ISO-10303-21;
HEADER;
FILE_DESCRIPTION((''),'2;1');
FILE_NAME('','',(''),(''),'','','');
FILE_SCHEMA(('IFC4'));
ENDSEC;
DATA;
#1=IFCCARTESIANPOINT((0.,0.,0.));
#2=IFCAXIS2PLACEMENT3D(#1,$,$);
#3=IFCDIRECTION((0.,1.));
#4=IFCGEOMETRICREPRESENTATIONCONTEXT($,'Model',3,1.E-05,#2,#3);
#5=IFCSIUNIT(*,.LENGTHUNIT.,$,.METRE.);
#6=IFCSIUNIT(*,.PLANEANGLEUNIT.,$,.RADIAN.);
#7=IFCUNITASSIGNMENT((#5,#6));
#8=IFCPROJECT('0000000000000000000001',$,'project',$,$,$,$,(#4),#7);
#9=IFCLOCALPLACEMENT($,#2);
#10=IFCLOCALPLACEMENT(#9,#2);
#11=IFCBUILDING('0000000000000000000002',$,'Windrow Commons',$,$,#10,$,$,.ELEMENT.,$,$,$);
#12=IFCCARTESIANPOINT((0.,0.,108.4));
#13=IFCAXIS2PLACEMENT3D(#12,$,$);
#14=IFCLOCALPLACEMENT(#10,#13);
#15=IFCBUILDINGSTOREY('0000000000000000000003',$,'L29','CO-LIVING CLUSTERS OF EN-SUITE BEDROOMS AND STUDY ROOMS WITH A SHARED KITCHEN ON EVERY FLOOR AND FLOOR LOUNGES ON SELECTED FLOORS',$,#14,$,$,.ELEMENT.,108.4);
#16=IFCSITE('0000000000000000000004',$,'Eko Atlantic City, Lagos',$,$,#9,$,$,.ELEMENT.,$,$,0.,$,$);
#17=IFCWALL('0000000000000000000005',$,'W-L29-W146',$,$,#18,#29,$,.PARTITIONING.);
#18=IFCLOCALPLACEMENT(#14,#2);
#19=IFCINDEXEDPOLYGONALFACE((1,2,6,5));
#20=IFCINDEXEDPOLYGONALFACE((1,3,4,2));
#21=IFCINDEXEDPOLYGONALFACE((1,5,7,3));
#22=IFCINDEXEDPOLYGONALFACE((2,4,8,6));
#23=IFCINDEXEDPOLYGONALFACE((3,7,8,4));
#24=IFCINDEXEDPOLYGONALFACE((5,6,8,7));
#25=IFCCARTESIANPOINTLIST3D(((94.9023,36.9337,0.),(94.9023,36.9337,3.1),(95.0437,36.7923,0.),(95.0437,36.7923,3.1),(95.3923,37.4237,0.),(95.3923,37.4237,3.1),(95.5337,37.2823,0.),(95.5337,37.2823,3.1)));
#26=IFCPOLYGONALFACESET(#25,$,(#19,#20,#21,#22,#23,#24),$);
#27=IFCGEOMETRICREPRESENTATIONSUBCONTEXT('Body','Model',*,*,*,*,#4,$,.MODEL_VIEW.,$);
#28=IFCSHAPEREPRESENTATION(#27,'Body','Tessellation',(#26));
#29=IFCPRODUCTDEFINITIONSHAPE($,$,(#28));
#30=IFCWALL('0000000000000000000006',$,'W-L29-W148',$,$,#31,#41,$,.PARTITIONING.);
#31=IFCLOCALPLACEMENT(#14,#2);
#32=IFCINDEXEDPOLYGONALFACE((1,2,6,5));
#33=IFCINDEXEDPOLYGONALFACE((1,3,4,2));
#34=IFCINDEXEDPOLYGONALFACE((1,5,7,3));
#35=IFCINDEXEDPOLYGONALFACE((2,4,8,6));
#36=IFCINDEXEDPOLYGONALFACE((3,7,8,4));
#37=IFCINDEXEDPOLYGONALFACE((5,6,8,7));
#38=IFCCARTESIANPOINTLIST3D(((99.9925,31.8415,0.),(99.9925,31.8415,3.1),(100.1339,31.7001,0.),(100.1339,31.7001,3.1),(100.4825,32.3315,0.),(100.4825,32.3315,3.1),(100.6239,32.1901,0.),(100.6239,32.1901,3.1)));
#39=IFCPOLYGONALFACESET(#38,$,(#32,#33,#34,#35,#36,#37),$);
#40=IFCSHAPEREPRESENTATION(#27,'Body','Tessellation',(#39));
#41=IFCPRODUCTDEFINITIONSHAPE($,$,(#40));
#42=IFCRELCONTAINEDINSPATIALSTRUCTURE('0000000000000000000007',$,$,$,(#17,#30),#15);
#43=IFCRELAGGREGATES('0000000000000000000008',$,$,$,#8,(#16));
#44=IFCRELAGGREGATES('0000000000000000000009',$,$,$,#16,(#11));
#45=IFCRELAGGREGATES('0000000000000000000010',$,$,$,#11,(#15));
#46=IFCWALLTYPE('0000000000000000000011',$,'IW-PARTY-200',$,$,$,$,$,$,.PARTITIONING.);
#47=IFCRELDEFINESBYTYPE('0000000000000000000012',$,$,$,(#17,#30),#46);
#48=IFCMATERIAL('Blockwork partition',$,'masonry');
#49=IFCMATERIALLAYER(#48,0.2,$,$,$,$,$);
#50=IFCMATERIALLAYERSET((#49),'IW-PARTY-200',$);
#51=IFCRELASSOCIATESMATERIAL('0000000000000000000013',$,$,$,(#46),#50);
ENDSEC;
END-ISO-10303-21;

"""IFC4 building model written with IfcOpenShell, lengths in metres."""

from ifc_helpers import new_model, si_unit, direction, frame, frame_2d, origin, place, context, subcontext, project, spatial, rectangle, extrude, material, layer, layer_set, type_object, element, save


model = new_model("IFC4")

# Units and contexts
model_context = context("Model", 3, precision=1e-05, world=origin(), true_north=direction((0.0, 1.0)))
body_context = subcontext(model_context, "Body", "Model", "MODEL_VIEW")
ifc_project = project(units=[si_unit("LENGTHUNIT", "METRE"), si_unit("PLANEANGLEUNIT", "RADIAN")], contexts=[model_context])

# Site, building, storey
site_placement = place(None, origin())
site = spatial("IfcSite", under=ifc_project, at=site_placement, Name="Eko Atlantic City, Lagos", CompositionType="ELEMENT", RefElevation=0.0)
building_placement = place(site_placement, origin())
building = spatial("IfcBuilding", under=site, at=building_placement, Name="Windrow Commons", CompositionType="ELEMENT")
storey_placement = place(building_placement, frame((0.0, 0.0, 108.4)))
storey = spatial("IfcBuildingStorey", under=building, at=storey_placement, Name="L29", Description="CO-LIVING CLUSTERS OF EN-SUITE BEDROOMS AND STUDY ROOMS WITH A SHARED KITCHEN ON EVERY FLOOR AND FLOOR LOUNGES ON SELECTED FLOORS", CompositionType="ELEMENT", Elevation=108.4)

# Walls
ifc_material_1 = material(Name="Blockwork partition", Category="masonry")
ifc_layer_1 = layer(ifc_material_1, 0.2)
ifc_layer_set_1 = layer_set([ifc_layer_1], Name="IW-PARTY-200")
wall_type_1 = type_object("IfcWallType", Name="IW-PARTY-200", PredefinedType="PARTITIONING", material=ifc_layer_set_1)
for number, where, z_axis, x_axis, name in (
    (1, (94.973, 36.863, 0.0), (0.0, 0.0, 1.0), (0.707107, 0.707107, 0.0), "W-L29-W146"),
    (2, (100.0632, 31.7708, 0.0), (0.0, 0.0, 1.0), (0.707107, 0.707107, 0.0), "W-L29-W148"),
):
    element("IfcWall", number, at=place(storey_placement, frame(where, z_axis=z_axis, x_axis=x_axis)), inside=storey, type_object=wall_type_1, Name=name, PredefinedType="PARTITIONING", context=body_context, shape_type="SweptSolid", body=[
        extrude(rectangle(XDim=0.693, YDim=0.2, at=frame_2d((0.3465, 0.0))), origin(), (0.0, 0.0, 1.0), 3.1),
    ])

save(model, "model.ifc")
